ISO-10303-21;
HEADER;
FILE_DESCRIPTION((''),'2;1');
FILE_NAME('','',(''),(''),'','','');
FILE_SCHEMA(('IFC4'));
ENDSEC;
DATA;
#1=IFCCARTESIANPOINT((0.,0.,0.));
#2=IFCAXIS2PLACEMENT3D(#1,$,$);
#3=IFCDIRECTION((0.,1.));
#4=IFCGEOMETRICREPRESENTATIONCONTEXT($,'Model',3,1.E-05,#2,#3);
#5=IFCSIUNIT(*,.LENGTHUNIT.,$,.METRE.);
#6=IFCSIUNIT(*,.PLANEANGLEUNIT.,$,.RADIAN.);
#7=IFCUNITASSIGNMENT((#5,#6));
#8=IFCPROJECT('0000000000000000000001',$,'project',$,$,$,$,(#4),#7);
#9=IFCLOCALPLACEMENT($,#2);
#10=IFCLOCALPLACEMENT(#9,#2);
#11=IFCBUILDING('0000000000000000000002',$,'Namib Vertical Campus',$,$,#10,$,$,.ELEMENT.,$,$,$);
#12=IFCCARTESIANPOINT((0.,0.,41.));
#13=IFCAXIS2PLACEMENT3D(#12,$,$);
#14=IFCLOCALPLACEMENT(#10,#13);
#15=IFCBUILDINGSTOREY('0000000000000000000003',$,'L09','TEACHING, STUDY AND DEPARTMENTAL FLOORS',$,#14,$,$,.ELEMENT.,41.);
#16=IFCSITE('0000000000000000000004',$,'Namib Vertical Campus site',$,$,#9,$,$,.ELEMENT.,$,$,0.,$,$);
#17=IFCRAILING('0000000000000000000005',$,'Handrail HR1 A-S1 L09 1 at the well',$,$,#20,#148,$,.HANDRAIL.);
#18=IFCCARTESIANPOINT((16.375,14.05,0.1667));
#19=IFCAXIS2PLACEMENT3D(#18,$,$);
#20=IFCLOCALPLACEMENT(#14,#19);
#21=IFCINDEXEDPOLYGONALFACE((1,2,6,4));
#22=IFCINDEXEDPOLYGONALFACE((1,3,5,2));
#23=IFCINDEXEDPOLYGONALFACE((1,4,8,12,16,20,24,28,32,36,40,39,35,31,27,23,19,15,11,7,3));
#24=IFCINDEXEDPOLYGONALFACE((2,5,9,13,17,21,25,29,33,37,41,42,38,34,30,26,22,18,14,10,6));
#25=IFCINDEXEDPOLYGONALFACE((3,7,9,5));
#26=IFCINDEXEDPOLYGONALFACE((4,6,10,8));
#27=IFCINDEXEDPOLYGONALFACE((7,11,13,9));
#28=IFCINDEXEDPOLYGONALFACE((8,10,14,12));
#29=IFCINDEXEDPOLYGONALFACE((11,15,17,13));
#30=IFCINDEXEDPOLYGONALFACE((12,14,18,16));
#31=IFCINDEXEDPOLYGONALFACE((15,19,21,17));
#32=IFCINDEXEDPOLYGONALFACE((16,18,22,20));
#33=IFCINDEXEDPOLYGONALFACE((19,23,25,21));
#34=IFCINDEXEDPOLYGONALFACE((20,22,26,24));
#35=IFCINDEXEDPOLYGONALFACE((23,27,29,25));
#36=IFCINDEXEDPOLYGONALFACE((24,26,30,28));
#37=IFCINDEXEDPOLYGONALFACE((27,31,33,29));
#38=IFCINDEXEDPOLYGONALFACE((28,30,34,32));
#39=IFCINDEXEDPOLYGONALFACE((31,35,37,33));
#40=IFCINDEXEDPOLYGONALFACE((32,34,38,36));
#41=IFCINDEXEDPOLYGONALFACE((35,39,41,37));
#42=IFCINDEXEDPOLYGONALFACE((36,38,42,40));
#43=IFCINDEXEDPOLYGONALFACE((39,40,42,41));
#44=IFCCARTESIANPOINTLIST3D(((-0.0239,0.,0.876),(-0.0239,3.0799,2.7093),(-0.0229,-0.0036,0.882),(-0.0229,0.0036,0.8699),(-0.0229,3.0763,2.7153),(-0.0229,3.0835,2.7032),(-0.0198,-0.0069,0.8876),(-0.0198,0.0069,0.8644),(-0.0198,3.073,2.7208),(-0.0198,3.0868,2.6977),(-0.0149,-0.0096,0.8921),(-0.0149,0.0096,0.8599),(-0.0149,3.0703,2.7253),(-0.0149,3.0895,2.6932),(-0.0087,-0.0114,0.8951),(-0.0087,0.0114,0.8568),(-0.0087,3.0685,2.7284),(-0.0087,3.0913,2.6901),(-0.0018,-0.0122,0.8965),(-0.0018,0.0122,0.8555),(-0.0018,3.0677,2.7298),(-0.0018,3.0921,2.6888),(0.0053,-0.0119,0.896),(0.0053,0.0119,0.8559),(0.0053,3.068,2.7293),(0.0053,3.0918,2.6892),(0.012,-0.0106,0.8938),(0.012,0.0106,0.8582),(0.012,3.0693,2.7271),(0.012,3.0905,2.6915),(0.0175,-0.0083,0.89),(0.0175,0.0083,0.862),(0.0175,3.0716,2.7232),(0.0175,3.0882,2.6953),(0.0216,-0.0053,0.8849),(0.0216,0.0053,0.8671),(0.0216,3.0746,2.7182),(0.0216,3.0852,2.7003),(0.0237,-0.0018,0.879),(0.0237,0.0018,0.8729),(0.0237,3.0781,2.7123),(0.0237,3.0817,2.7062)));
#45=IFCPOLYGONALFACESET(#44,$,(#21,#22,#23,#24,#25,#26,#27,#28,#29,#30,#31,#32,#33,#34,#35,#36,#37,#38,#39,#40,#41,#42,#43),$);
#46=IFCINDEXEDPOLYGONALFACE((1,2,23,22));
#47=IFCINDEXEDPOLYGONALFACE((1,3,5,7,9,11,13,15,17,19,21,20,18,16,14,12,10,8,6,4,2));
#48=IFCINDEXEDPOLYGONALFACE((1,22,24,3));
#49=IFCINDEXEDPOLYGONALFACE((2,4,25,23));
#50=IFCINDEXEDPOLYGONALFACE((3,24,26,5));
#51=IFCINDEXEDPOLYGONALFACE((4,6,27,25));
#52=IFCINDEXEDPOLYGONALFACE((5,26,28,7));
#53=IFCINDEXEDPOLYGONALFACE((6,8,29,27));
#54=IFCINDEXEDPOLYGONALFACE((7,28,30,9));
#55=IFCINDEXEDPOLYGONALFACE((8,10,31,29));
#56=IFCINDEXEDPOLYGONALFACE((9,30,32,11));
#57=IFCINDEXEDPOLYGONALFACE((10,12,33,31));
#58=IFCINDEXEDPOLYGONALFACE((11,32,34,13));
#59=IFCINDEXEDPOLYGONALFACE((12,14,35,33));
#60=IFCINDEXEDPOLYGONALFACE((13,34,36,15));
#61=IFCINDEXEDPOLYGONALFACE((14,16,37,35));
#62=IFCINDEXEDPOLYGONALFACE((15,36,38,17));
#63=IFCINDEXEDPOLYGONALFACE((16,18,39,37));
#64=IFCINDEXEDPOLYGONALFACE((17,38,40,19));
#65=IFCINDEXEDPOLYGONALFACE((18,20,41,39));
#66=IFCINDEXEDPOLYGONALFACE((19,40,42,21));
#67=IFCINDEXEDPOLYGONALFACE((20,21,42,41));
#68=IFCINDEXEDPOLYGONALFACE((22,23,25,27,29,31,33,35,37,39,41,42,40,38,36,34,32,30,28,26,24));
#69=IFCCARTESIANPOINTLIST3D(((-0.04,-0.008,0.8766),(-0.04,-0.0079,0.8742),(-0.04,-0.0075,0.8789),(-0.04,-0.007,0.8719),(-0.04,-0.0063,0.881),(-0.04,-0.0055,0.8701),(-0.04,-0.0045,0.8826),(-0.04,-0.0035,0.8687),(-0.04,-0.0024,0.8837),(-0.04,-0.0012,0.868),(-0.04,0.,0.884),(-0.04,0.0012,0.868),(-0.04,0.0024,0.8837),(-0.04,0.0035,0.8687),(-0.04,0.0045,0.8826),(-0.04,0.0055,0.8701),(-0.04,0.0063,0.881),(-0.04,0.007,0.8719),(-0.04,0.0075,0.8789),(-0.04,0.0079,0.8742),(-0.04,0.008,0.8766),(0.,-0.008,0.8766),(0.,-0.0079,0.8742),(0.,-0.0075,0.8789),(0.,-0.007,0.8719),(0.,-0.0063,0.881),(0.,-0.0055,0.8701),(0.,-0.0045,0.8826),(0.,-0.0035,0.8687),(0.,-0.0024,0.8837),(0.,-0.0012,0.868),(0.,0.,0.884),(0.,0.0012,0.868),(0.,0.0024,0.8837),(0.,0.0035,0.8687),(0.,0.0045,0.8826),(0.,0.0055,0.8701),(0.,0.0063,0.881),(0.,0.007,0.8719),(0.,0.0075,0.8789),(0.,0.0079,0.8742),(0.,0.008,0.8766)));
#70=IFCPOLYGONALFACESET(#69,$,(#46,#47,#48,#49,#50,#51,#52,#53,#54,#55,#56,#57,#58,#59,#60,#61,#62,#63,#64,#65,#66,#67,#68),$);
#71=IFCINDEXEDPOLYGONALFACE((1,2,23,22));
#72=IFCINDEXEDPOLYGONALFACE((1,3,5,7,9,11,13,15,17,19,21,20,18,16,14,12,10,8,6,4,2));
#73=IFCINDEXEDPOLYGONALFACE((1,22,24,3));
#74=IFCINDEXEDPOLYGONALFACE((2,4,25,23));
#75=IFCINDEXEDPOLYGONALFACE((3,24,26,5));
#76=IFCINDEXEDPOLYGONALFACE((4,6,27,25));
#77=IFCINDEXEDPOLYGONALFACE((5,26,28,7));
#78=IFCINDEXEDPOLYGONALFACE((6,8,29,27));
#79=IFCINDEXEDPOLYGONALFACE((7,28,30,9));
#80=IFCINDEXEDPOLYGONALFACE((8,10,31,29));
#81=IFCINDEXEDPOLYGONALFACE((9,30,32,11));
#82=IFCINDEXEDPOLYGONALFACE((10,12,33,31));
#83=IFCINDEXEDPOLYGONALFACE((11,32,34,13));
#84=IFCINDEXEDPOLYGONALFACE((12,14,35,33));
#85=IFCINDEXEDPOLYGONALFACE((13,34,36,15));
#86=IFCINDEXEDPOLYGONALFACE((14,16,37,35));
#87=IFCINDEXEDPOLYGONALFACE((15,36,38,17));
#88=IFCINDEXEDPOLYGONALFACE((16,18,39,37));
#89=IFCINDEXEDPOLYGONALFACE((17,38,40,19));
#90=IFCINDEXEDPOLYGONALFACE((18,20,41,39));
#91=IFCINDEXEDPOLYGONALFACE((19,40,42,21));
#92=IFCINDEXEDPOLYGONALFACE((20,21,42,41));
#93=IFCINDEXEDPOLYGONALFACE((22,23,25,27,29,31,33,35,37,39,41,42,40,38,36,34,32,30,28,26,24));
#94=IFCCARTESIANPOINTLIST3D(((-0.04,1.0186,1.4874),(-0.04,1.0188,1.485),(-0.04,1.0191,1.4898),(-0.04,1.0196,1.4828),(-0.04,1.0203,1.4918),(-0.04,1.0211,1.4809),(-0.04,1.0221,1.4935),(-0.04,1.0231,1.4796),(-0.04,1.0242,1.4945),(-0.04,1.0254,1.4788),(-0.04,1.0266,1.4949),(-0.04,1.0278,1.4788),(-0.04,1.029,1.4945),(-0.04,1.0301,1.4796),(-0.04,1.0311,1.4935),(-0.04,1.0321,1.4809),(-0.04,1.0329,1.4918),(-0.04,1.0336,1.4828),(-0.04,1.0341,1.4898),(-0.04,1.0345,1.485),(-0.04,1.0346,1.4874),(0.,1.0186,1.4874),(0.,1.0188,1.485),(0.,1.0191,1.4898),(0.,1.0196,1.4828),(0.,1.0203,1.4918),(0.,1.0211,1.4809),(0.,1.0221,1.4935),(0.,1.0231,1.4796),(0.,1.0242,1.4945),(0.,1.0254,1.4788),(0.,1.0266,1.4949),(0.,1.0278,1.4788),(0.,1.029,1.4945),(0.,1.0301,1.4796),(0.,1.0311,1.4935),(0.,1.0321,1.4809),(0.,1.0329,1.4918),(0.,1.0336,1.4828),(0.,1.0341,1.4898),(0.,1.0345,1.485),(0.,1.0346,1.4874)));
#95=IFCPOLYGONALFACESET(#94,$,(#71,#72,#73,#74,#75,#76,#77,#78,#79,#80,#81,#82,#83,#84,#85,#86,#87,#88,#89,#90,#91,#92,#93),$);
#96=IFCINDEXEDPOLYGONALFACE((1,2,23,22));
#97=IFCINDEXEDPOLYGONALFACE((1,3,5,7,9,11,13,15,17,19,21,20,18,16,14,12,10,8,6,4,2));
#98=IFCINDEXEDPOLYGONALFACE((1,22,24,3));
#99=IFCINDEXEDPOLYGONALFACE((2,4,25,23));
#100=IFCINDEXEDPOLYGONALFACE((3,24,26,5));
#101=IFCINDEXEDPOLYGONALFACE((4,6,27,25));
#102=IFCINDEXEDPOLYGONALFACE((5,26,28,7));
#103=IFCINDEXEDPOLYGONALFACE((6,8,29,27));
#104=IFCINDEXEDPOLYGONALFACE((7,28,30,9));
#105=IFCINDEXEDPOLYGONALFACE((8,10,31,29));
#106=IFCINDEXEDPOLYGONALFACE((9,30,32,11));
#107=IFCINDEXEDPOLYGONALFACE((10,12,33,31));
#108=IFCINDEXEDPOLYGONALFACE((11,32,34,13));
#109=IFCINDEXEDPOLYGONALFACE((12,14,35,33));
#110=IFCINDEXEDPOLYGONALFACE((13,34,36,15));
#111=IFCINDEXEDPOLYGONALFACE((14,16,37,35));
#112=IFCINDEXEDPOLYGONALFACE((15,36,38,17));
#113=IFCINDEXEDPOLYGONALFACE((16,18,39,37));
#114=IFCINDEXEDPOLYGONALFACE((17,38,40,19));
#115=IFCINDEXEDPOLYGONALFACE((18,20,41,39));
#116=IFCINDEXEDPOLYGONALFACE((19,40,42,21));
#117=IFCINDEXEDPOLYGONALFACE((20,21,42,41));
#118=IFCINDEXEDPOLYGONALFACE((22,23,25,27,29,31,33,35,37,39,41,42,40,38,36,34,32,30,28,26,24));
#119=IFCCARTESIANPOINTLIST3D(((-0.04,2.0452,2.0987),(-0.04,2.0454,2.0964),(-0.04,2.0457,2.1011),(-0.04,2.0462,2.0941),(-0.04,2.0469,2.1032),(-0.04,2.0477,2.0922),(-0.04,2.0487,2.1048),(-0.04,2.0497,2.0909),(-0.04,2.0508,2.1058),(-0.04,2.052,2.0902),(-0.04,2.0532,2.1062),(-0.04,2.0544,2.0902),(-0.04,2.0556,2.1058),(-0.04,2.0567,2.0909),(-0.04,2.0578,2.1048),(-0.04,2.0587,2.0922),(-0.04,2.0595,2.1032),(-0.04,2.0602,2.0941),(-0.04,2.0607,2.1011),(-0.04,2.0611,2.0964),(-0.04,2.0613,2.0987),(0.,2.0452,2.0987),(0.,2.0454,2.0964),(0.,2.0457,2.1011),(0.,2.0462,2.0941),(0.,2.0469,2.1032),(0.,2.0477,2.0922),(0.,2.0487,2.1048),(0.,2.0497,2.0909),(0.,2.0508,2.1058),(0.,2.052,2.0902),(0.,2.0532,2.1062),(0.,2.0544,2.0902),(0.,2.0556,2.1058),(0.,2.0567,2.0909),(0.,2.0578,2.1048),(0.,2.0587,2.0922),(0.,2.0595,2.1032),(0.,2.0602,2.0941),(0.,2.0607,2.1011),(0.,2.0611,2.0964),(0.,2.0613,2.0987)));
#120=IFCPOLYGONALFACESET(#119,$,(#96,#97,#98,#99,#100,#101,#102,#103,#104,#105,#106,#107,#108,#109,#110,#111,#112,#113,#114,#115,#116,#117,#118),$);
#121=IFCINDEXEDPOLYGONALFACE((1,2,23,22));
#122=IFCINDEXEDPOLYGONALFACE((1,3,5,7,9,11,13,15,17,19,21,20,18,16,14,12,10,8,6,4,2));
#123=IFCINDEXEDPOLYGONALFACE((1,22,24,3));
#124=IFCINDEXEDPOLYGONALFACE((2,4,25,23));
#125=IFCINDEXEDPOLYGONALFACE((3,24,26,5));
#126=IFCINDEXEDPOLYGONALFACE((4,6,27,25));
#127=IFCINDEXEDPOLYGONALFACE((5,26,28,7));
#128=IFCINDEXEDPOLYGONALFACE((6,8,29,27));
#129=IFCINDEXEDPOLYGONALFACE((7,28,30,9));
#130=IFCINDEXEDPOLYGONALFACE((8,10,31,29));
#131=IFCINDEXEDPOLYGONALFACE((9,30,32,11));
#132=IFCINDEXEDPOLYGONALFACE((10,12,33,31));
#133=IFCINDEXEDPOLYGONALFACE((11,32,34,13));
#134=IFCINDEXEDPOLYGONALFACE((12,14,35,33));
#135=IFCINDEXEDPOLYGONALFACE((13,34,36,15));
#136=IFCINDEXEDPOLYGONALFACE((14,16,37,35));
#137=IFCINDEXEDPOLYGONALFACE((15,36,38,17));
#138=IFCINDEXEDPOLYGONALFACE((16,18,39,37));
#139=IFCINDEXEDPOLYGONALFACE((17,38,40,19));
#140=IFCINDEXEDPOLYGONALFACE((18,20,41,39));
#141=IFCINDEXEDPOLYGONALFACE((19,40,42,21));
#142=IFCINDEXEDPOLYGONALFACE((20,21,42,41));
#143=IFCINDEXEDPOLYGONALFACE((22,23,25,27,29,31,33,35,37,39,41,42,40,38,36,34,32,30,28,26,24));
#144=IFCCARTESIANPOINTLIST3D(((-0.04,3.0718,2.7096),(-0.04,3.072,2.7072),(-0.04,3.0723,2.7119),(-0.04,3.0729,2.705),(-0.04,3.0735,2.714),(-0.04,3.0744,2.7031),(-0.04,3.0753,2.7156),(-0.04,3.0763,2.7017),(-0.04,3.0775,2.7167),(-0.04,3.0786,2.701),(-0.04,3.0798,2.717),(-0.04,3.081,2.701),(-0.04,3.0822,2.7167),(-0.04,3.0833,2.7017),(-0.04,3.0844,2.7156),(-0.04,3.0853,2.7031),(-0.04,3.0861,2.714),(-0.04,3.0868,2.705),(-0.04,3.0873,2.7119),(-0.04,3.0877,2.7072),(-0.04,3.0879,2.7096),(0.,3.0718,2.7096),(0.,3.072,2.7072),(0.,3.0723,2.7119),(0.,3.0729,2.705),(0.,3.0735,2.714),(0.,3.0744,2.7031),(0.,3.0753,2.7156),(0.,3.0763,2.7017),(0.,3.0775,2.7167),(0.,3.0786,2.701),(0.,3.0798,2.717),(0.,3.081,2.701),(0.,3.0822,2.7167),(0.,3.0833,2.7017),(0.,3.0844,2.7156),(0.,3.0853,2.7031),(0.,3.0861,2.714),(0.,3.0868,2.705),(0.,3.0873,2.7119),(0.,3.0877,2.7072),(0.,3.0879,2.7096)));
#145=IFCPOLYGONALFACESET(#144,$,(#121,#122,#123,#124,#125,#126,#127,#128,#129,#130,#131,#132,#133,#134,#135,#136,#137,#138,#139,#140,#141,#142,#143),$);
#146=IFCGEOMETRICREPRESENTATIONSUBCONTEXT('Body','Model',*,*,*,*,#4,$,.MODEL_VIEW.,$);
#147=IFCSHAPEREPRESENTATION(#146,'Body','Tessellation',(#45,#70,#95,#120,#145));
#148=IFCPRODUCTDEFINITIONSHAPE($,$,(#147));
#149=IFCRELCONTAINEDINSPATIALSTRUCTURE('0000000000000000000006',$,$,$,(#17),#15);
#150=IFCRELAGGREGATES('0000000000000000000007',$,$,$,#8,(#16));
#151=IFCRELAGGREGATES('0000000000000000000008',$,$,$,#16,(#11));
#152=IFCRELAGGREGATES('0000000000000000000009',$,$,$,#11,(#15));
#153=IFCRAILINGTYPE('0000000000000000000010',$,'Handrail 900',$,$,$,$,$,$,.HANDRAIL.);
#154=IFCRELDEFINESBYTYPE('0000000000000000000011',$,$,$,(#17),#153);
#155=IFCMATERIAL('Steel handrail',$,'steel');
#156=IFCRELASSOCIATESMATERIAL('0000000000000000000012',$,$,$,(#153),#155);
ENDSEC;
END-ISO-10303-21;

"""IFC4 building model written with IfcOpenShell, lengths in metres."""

from ifc_helpers import new_model, si_unit, direction, frame, origin, origin_2d, place, context, subcontext, project, spatial, circle, extrude, material, type_object, element, save


model = new_model("IFC4")

# Units and contexts
model_context = context("Model", 3, precision=1e-05, world=origin(), true_north=direction((0.0, 1.0)))
body_context = subcontext(model_context, "Body", "Model", "MODEL_VIEW")
ifc_project = project(units=[si_unit("LENGTHUNIT", "METRE"), si_unit("PLANEANGLEUNIT", "RADIAN")], contexts=[model_context])

# Site, building, storey
site_placement = place(None, origin())
site = spatial("IfcSite", under=ifc_project, at=site_placement, Name="Namib Vertical Campus site", CompositionType="ELEMENT", RefElevation=0.0)
building_placement = place(site_placement, origin())
building = spatial("IfcBuilding", under=site, at=building_placement, Name="Namib Vertical Campus", CompositionType="ELEMENT")
storey_placement = place(building_placement, frame((0.0, 0.0, 41.0)))
storey = spatial("IfcBuildingStorey", under=building, at=storey_placement, Name="L09", Description="TEACHING, STUDY AND DEPARTMENTAL FLOORS", CompositionType="ELEMENT", Elevation=41.0)

# Railing
ifc_material_1 = material(Name="Steel handrail", Category="steel")
railing_type_1 = type_object("IfcRailingType", Name="Handrail 900", PredefinedType="HANDRAIL", material=ifc_material_1)
railing_1_placement = place(storey_placement, frame((16.375, 14.05, 0.1667)))
element("IfcRailing", 1, at=railing_1_placement, inside=storey, type_object=railing_type_1, Name="Handrail HR1 A-S1 L09 1 at the well", PredefinedType="HANDRAIL", context=body_context, shape_type="SweptSolid", body=[
    extrude(circle(Radius=0.0239, at=origin_2d()), frame((0.0, 0.0, 0.876), z_axis=(0.0, 0.859291, 0.511487), x_axis=(-1.0, 0.0, 0.0)), (0.0, 0.0, 1.0), 3.5842),
    extrude(circle(Radius=0.0081, at=origin_2d()), frame((0.0, 0.0, 0.876), z_axis=(-1.0, 0.0, 0.0), x_axis=(0.0, 0.0, 1.0)), (0.0, 0.0, 1.0), 0.04),
    extrude(circle(Radius=0.0081, at=origin_2d()), frame((0.0, 1.0266, 1.4868), z_axis=(-1.0, 0.0, 0.0), x_axis=(0.0, 0.0, 1.0)), (0.0, 0.0, 1.0), 0.04),
    extrude(circle(Radius=0.0081, at=origin_2d()), frame((0.0, 2.0532, 2.0981), z_axis=(-1.0, 0.0, 0.0), x_axis=(0.0, 0.0, 1.0)), (0.0, 0.0, 1.0), 0.04),
    extrude(circle(Radius=0.0081, at=origin_2d()), frame((0.0, 3.0798, 2.709), z_axis=(-1.0, 0.0, 0.0), x_axis=(0.0, 0.0, 1.0)), (0.0, 0.0, 1.0), 0.04),
])

save(model, "model.ifc")
